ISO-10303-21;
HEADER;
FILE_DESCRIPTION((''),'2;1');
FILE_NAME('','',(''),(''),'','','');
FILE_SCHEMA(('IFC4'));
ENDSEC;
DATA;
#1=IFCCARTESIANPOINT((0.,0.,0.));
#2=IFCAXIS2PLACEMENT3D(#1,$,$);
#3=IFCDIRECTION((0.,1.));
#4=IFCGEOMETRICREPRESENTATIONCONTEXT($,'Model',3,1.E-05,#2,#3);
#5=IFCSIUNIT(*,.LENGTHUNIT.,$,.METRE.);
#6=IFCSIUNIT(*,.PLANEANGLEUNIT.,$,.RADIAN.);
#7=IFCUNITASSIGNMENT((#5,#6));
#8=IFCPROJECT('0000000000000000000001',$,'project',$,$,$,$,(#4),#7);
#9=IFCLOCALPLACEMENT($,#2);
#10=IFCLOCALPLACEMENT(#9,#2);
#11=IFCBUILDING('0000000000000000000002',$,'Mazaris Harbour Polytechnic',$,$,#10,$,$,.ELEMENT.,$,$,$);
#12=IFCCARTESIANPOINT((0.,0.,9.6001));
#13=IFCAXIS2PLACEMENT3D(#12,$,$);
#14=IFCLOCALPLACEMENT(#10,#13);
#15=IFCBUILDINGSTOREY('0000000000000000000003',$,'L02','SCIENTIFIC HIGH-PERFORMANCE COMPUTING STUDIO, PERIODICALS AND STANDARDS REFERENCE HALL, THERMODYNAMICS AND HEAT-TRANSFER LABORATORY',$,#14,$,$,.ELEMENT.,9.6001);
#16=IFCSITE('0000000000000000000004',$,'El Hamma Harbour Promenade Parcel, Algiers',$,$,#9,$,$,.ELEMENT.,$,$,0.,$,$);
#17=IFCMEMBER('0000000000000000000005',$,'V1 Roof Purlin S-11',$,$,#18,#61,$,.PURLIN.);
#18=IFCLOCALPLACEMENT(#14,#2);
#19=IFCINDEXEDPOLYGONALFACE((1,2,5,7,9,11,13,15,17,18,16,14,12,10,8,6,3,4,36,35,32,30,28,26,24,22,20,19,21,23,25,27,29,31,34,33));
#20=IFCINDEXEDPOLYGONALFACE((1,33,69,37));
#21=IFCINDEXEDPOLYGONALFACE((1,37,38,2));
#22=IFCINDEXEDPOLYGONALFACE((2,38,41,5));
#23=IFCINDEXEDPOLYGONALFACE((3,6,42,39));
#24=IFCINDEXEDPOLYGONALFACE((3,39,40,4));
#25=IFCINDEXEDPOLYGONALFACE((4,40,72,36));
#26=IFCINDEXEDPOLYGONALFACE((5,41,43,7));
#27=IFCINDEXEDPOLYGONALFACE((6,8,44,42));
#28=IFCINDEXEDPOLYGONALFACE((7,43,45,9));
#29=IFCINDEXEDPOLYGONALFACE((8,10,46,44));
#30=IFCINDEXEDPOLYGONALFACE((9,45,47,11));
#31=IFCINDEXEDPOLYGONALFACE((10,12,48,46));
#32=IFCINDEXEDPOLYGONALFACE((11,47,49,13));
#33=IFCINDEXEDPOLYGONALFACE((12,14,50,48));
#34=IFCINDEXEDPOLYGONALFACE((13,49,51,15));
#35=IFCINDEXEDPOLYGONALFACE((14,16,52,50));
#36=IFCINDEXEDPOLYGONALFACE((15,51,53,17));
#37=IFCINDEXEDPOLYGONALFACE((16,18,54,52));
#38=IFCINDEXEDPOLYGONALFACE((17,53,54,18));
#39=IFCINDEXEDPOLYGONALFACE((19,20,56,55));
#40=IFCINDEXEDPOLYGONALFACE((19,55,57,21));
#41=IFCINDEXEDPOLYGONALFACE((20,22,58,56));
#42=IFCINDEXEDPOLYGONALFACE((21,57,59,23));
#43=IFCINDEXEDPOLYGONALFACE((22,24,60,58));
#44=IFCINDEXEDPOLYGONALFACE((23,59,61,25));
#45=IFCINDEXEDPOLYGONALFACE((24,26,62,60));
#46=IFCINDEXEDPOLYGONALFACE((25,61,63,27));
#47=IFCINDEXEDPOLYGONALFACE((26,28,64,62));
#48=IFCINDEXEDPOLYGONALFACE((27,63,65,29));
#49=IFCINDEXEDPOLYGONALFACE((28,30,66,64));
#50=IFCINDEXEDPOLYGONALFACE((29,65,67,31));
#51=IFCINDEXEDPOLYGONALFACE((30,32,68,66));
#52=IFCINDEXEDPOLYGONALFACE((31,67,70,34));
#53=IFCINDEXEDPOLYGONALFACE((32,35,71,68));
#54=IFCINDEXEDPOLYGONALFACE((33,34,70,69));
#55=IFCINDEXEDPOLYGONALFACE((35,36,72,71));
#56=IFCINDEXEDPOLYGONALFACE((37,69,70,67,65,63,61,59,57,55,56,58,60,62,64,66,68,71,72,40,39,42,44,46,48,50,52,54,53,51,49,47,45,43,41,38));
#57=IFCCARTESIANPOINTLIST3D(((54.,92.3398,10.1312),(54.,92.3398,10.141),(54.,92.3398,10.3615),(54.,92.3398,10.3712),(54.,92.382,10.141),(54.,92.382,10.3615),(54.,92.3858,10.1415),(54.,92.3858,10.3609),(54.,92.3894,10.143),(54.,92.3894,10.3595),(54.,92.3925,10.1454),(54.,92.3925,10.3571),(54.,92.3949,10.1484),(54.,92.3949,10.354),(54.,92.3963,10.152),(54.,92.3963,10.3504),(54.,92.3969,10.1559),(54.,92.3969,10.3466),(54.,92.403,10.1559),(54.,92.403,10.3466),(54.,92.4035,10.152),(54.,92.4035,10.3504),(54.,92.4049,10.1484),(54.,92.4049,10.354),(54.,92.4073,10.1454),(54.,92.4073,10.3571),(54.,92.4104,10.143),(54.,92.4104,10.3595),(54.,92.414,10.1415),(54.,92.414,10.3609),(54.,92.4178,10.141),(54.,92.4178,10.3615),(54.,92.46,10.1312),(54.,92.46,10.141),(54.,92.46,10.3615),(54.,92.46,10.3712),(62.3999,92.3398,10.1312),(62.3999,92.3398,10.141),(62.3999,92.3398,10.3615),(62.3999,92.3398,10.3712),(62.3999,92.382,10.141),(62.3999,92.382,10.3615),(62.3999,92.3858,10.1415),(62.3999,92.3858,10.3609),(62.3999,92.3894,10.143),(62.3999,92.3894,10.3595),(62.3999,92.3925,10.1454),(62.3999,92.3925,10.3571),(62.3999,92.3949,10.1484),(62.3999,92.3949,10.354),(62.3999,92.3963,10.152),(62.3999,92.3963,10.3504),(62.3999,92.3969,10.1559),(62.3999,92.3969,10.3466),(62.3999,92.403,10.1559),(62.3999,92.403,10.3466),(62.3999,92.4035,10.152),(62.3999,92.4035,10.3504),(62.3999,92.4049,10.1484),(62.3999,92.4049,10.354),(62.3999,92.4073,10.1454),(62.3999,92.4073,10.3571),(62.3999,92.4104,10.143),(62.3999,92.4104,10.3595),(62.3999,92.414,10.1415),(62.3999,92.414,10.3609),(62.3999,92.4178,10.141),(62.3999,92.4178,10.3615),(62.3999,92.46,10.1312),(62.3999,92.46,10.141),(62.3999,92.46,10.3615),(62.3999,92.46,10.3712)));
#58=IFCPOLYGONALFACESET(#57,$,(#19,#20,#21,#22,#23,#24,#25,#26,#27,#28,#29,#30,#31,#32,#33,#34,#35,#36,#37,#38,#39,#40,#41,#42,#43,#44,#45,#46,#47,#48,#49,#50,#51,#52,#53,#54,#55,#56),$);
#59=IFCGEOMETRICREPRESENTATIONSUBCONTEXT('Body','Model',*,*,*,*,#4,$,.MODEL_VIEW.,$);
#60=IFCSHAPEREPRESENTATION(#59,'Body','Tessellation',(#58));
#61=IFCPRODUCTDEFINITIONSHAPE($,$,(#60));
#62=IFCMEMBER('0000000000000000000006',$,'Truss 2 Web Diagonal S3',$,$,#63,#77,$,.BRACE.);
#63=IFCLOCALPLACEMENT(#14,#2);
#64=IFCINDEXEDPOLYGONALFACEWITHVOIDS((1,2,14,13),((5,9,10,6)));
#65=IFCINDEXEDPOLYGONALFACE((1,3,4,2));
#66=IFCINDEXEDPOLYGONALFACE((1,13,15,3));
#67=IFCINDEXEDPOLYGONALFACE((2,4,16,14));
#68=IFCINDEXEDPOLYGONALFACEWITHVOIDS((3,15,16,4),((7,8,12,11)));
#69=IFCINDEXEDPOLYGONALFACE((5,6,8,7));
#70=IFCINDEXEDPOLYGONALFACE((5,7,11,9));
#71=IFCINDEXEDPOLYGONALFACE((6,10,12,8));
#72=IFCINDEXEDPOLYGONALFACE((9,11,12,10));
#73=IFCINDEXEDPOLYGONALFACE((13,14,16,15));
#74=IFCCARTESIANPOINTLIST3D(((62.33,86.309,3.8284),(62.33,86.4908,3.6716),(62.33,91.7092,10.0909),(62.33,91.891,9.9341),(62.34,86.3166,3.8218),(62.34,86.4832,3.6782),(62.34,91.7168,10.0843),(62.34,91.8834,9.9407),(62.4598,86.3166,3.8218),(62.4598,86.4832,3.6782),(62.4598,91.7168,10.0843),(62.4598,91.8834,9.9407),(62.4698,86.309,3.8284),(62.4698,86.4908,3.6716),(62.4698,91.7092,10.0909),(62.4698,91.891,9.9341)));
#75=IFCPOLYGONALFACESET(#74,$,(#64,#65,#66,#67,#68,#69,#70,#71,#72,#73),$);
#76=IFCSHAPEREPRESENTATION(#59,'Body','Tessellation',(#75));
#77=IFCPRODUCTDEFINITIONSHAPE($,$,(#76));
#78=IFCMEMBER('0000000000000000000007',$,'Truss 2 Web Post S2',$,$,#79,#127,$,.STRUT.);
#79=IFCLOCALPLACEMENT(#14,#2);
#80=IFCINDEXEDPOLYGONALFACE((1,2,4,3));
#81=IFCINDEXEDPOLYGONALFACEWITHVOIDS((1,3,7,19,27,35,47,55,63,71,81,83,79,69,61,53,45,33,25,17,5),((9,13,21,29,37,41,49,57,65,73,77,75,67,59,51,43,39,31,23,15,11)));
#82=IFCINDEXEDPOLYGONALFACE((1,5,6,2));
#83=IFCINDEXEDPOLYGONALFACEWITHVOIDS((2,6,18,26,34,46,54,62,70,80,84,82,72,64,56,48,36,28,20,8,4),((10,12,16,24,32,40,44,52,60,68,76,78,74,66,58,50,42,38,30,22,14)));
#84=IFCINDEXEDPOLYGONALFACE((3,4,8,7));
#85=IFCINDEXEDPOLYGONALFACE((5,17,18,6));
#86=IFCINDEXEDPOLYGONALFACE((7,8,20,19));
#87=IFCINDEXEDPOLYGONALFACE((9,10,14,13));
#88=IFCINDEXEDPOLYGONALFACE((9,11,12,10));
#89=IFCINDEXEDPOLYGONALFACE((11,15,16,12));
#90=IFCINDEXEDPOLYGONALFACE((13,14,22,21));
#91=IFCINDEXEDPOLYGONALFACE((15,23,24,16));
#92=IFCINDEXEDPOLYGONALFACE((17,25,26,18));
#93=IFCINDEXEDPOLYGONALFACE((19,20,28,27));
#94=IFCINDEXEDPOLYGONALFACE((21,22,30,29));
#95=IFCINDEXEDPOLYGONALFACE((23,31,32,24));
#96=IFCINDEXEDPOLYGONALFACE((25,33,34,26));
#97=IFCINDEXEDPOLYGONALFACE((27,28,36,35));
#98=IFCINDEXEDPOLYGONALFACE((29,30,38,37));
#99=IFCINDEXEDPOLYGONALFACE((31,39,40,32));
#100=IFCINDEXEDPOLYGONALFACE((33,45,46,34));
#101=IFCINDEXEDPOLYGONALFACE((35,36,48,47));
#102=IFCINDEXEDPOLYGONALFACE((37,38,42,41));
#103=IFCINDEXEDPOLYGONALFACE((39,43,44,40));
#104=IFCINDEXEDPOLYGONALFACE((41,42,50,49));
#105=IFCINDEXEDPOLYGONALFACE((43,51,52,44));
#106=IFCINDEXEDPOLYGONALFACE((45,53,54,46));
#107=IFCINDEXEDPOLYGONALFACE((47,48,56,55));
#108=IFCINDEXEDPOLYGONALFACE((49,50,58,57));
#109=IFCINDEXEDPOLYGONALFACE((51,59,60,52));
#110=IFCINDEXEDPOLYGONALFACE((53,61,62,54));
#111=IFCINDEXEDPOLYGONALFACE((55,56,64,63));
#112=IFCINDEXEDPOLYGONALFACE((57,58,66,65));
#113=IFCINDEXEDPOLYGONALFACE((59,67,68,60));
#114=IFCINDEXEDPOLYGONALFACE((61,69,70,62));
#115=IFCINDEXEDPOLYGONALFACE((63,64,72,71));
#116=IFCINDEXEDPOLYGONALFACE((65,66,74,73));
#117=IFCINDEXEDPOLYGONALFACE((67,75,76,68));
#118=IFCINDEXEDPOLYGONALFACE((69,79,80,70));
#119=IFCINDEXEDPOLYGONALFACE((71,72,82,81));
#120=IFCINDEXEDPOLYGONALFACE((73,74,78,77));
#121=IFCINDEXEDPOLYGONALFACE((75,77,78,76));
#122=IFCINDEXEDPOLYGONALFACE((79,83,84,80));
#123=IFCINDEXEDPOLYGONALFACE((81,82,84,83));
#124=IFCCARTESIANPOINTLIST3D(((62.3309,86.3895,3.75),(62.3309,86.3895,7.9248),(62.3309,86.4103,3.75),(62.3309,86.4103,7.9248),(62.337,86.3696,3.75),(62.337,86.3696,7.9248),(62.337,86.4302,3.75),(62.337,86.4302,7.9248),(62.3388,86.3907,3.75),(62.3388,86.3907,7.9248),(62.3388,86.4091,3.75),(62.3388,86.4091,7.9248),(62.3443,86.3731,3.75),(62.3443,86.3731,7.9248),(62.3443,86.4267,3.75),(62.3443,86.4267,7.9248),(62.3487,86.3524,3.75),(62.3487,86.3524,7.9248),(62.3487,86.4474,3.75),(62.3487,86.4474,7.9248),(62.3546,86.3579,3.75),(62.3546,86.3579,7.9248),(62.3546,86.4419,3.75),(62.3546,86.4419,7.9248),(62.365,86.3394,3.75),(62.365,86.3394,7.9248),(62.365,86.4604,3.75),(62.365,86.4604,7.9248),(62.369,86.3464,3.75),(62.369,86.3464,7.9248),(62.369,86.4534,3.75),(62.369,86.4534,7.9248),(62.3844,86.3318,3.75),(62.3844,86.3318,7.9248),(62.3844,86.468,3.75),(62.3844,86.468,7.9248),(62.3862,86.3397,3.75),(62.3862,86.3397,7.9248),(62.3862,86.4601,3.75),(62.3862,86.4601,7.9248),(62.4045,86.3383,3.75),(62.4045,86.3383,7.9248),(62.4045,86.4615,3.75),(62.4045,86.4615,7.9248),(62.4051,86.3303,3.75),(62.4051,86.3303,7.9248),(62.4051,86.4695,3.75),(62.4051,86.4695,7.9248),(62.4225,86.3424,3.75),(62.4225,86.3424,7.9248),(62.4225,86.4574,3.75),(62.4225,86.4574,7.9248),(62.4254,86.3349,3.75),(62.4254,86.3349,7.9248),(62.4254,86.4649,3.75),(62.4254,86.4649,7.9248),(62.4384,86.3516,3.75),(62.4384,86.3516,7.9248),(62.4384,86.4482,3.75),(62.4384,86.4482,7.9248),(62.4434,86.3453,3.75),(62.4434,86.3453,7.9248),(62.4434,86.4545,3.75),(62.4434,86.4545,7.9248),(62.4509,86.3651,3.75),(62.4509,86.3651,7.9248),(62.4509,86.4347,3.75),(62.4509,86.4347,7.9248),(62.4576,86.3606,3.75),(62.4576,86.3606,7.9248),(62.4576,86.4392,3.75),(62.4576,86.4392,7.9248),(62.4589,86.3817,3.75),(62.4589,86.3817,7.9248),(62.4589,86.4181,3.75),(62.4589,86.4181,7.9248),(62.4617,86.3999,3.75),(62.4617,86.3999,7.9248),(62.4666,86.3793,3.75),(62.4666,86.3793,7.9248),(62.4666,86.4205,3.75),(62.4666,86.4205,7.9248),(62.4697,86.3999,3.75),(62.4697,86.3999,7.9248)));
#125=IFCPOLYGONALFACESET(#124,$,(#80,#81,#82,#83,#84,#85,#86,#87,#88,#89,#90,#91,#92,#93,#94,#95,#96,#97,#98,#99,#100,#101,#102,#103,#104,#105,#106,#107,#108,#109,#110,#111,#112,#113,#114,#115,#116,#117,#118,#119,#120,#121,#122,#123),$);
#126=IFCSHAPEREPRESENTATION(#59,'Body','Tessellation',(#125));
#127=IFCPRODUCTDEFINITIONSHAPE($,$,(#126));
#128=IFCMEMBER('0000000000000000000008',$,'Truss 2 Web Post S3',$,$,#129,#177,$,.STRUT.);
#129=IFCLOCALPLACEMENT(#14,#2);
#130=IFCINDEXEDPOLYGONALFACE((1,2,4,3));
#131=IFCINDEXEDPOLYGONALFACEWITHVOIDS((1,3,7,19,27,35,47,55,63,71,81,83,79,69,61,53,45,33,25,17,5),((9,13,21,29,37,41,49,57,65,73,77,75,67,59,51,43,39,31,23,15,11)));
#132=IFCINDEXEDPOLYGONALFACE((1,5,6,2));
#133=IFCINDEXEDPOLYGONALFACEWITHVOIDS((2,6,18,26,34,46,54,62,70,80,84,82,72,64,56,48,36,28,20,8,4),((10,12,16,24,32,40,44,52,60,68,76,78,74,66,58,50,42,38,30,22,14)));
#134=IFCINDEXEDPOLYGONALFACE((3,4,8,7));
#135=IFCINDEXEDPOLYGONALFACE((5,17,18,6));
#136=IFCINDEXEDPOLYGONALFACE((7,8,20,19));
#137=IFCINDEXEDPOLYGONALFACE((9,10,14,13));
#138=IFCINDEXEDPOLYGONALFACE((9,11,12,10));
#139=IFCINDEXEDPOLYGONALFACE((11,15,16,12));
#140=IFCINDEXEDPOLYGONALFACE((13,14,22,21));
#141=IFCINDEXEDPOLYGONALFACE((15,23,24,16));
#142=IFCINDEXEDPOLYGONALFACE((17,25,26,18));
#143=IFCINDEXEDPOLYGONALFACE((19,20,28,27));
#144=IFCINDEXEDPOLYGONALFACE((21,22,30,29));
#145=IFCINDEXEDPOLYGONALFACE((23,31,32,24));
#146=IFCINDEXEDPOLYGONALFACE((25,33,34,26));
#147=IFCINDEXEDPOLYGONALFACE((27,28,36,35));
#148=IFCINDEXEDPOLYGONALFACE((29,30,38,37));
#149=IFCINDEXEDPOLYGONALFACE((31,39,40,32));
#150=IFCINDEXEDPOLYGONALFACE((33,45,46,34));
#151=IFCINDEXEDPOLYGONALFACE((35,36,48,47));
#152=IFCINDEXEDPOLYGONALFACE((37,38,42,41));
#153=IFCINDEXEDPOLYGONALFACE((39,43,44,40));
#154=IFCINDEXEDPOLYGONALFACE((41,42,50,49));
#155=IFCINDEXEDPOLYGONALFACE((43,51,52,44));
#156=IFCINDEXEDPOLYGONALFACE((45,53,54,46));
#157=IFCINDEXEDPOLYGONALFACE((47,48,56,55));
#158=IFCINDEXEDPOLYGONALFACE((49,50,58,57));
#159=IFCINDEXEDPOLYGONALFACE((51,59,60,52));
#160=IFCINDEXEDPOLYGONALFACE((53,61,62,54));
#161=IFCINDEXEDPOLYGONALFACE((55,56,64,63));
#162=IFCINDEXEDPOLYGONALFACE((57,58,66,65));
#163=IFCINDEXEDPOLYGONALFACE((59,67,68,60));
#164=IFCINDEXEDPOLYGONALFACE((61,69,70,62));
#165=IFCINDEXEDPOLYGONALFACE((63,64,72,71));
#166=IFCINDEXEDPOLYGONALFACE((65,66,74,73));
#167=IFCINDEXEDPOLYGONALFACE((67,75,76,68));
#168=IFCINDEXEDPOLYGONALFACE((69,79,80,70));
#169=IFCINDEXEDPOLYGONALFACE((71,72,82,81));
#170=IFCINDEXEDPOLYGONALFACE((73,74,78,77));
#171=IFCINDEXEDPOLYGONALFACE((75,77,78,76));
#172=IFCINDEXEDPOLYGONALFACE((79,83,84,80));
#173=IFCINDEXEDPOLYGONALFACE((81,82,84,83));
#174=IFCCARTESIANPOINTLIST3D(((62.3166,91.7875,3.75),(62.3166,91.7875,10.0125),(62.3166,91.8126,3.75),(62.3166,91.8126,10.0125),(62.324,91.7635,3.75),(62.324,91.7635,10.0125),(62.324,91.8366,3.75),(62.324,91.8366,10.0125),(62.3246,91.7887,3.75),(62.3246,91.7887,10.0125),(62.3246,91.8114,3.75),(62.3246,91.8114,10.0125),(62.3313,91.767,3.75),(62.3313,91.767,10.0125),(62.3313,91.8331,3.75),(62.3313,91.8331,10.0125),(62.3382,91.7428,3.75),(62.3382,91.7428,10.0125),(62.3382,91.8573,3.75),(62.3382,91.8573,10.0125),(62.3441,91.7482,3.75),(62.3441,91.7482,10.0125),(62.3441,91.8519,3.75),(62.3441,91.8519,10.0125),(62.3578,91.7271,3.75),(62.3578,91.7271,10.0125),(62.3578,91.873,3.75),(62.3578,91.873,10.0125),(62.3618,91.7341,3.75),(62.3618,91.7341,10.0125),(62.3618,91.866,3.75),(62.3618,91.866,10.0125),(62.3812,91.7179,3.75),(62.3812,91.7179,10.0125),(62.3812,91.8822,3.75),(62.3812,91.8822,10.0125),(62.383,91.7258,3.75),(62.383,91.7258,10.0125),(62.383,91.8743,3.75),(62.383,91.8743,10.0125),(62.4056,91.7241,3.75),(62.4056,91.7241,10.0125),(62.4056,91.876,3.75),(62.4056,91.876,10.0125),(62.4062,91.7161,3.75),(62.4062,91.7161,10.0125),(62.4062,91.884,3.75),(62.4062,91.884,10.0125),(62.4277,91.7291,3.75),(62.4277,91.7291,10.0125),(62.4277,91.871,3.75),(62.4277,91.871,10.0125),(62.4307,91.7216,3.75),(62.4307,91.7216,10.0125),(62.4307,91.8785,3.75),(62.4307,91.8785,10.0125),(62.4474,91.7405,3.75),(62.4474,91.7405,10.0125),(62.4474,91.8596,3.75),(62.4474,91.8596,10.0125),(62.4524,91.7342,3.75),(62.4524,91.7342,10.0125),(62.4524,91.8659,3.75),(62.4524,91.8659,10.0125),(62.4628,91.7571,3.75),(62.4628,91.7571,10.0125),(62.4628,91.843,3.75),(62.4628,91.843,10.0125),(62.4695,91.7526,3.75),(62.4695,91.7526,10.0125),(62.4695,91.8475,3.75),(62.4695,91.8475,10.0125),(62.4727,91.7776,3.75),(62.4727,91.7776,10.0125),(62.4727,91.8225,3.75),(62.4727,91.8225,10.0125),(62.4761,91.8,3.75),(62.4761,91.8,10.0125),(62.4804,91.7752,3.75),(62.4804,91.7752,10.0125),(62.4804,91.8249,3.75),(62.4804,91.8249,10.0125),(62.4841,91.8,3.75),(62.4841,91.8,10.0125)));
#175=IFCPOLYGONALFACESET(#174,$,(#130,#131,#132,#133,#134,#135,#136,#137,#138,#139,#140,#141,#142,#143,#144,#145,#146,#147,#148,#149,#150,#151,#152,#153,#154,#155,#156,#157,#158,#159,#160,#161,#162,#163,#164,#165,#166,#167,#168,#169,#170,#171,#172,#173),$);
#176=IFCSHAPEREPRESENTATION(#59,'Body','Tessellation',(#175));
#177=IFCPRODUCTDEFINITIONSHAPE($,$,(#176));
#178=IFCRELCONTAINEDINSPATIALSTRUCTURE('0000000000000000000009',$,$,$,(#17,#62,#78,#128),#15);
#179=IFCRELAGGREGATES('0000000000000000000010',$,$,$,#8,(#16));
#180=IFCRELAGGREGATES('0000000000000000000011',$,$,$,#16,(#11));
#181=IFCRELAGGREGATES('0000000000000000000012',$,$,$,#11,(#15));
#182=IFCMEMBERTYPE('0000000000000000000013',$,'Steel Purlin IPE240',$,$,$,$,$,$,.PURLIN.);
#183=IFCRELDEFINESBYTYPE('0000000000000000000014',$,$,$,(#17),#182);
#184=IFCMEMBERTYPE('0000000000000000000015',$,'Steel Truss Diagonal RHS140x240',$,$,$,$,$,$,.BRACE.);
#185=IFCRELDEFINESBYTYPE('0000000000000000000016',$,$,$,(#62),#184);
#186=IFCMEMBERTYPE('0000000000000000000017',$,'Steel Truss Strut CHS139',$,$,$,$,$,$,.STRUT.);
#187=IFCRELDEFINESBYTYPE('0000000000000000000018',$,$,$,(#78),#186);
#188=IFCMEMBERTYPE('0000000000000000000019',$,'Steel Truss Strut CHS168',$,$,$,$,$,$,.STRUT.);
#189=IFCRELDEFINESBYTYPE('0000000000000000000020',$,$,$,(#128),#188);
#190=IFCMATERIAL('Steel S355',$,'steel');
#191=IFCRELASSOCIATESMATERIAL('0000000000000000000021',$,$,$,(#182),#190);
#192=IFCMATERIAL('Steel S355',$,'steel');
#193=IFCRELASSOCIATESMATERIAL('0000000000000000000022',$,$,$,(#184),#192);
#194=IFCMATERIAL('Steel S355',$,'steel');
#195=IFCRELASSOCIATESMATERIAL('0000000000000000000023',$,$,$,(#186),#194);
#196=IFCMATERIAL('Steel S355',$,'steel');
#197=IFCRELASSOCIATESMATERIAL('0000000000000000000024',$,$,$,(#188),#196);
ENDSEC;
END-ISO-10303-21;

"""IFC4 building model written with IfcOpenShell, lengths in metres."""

from ifc_helpers import new_model, si_unit, direction, frame, origin, origin_2d, place, context, subcontext, project, spatial, hollow_rectangle, hollow_circle, i_section, extrude, material, material_profile, profile_set, type_object, element, save


model = new_model("IFC4")

# Units and contexts
model_context = context("Model", 3, precision=1e-05, world=origin(), true_north=direction((0.0, 1.0)))
body_context = subcontext(model_context, "Body", "Model", "MODEL_VIEW")
ifc_project = project(units=[si_unit("LENGTHUNIT", "METRE"), si_unit("PLANEANGLEUNIT", "RADIAN")], contexts=[model_context])

# Site, building, storey
site_placement = place(None, origin())
site = spatial("IfcSite", under=ifc_project, at=site_placement, Name="El Hamma Harbour Promenade Parcel, Algiers", CompositionType="ELEMENT", RefElevation=0.0)
building_placement = place(site_placement, origin())
building = spatial("IfcBuilding", under=site, at=building_placement, Name="Mazaris Harbour Polytechnic", CompositionType="ELEMENT")
storey_placement = place(building_placement, frame((0.0, 0.0, 9.6001)))
storey = spatial("IfcBuildingStorey", under=building, at=storey_placement, Name="L02", Description="SCIENTIFIC HIGH-PERFORMANCE COMPUTING STUDIO, PERIODICALS AND STANDARDS REFERENCE HALL, THERMODYNAMICS AND HEAT-TRANSFER LABORATORY", CompositionType="ELEMENT", Elevation=9.6001)

# Members
ifc_material_1 = material(Name="Steel S355", Category="steel")
ifc_material_profile_1 = material_profile(ifc_material_1, i_section(OverallWidth=0.1201, OverallDepth=0.24, WebThickness=0.0061, FlangeThickness=0.0098, FilletRadius=0.0149, at=origin_2d()), Name="IPE 240")
ifc_profile_set_1 = profile_set([ifc_material_profile_1], Name="Steel S355")
member_type_1 = type_object("IfcMemberType", Name="Steel Purlin IPE240", PredefinedType="PURLIN", material=ifc_profile_set_1)
member_1_placement = place(storey_placement, frame((54.0, 92.3999, 10.2512), z_axis=(1.0, 0.0, 0.0), x_axis=(0.0, 1.0, 0.0)))
element("IfcMember", 1, at=member_1_placement, inside=storey, type_object=member_type_1, Name="V1 Roof Purlin S-11", PredefinedType="PURLIN", context=body_context, shape_type="SweptSolid", body=[
    extrude(i_section(OverallWidth=0.1201, OverallDepth=0.24, WebThickness=0.0061, FlangeThickness=0.0098, FilletRadius=0.0149, at=origin_2d()), origin(), (0.0, 0.0, 1.0), 8.3999),
])
ifc_material_2 = material(Name="Steel S355", Category="steel")
ifc_material_profile_2 = material_profile(ifc_material_2, hollow_rectangle(XDim=0.1399, YDim=0.24, WallThickness=0.01, at=origin_2d()), Name="RHS 140x240x10.0")
ifc_profile_set_2 = profile_set([ifc_material_profile_2], Name="Steel S355")
member_type_2 = type_object("IfcMemberType", Name="Steel Truss Diagonal RHS140x240", PredefinedType="BRACE", material=ifc_profile_set_2)
member_2_placement = place(storey_placement, frame((62.3999, 86.3999, 3.75), z_axis=(0.0, 0.653042, 0.757321), x_axis=(-1.0, 0.0, 0.0)))
element("IfcMember", 2, at=member_2_placement, inside=storey, type_object=member_type_2, Name="Truss 2 Web Diagonal S3", PredefinedType="BRACE", context=body_context, shape_type="SweptSolid", body=[
    extrude(hollow_rectangle(XDim=0.1399, YDim=0.24, WallThickness=0.01, at=origin_2d()), origin(), (0.0, 0.0, 1.0), 8.2693),
])
ifc_material_3 = material(Name="Steel S355", Category="steel")
ifc_material_profile_3 = material_profile(ifc_material_3, hollow_circle(Radius=0.0698, WallThickness=0.0081, at=origin_2d()), Name="CHS 139.7x8.0")
ifc_profile_set_3 = profile_set([ifc_material_profile_3], Name="Steel S355")
member_type_3 = type_object("IfcMemberType", Name="Steel Truss Strut CHS139", PredefinedType="STRUT", material=ifc_profile_set_3)
member_3_placement = place(storey_placement, frame((62.3999, 86.3999, 3.75), z_axis=(0.0, 0.0, 1.0), x_axis=(1.0, 0.0, 0.0)))
element("IfcMember", 3, at=member_3_placement, inside=storey, type_object=member_type_3, Name="Truss 2 Web Post S2", PredefinedType="STRUT", context=body_context, shape_type="SweptSolid", body=[
    extrude(hollow_circle(Radius=0.0698, WallThickness=0.0081, at=origin_2d()), origin(), (0.0, 0.0, 1.0), 4.1748),
])
ifc_material_4 = material(Name="Steel S355", Category="steel")
ifc_material_profile_4 = material_profile(ifc_material_4, hollow_circle(Radius=0.0842, WallThickness=0.0081, at=origin_2d()), Name="CHS 168.3x8.0")
ifc_profile_set_4 = profile_set([ifc_material_profile_4], Name="Steel S355")
member_type_4 = type_object("IfcMemberType", Name="Steel Truss Strut CHS168", PredefinedType="STRUT", material=ifc_profile_set_4)
member_4_placement = place(storey_placement, frame((62.3999, 91.8, 3.75), z_axis=(0.0, 0.0, 1.0), x_axis=(1.0, 0.0, 0.0)))
element("IfcMember", 4, at=member_4_placement, inside=storey, type_object=member_type_4, Name="Truss 2 Web Post S3", PredefinedType="STRUT", context=body_context, shape_type="SweptSolid", body=[
    extrude(hollow_circle(Radius=0.0842, WallThickness=0.0081, at=origin_2d()), origin(), (0.0, 0.0, 1.0), 6.2625),
])

save(model, "model.ifc")
